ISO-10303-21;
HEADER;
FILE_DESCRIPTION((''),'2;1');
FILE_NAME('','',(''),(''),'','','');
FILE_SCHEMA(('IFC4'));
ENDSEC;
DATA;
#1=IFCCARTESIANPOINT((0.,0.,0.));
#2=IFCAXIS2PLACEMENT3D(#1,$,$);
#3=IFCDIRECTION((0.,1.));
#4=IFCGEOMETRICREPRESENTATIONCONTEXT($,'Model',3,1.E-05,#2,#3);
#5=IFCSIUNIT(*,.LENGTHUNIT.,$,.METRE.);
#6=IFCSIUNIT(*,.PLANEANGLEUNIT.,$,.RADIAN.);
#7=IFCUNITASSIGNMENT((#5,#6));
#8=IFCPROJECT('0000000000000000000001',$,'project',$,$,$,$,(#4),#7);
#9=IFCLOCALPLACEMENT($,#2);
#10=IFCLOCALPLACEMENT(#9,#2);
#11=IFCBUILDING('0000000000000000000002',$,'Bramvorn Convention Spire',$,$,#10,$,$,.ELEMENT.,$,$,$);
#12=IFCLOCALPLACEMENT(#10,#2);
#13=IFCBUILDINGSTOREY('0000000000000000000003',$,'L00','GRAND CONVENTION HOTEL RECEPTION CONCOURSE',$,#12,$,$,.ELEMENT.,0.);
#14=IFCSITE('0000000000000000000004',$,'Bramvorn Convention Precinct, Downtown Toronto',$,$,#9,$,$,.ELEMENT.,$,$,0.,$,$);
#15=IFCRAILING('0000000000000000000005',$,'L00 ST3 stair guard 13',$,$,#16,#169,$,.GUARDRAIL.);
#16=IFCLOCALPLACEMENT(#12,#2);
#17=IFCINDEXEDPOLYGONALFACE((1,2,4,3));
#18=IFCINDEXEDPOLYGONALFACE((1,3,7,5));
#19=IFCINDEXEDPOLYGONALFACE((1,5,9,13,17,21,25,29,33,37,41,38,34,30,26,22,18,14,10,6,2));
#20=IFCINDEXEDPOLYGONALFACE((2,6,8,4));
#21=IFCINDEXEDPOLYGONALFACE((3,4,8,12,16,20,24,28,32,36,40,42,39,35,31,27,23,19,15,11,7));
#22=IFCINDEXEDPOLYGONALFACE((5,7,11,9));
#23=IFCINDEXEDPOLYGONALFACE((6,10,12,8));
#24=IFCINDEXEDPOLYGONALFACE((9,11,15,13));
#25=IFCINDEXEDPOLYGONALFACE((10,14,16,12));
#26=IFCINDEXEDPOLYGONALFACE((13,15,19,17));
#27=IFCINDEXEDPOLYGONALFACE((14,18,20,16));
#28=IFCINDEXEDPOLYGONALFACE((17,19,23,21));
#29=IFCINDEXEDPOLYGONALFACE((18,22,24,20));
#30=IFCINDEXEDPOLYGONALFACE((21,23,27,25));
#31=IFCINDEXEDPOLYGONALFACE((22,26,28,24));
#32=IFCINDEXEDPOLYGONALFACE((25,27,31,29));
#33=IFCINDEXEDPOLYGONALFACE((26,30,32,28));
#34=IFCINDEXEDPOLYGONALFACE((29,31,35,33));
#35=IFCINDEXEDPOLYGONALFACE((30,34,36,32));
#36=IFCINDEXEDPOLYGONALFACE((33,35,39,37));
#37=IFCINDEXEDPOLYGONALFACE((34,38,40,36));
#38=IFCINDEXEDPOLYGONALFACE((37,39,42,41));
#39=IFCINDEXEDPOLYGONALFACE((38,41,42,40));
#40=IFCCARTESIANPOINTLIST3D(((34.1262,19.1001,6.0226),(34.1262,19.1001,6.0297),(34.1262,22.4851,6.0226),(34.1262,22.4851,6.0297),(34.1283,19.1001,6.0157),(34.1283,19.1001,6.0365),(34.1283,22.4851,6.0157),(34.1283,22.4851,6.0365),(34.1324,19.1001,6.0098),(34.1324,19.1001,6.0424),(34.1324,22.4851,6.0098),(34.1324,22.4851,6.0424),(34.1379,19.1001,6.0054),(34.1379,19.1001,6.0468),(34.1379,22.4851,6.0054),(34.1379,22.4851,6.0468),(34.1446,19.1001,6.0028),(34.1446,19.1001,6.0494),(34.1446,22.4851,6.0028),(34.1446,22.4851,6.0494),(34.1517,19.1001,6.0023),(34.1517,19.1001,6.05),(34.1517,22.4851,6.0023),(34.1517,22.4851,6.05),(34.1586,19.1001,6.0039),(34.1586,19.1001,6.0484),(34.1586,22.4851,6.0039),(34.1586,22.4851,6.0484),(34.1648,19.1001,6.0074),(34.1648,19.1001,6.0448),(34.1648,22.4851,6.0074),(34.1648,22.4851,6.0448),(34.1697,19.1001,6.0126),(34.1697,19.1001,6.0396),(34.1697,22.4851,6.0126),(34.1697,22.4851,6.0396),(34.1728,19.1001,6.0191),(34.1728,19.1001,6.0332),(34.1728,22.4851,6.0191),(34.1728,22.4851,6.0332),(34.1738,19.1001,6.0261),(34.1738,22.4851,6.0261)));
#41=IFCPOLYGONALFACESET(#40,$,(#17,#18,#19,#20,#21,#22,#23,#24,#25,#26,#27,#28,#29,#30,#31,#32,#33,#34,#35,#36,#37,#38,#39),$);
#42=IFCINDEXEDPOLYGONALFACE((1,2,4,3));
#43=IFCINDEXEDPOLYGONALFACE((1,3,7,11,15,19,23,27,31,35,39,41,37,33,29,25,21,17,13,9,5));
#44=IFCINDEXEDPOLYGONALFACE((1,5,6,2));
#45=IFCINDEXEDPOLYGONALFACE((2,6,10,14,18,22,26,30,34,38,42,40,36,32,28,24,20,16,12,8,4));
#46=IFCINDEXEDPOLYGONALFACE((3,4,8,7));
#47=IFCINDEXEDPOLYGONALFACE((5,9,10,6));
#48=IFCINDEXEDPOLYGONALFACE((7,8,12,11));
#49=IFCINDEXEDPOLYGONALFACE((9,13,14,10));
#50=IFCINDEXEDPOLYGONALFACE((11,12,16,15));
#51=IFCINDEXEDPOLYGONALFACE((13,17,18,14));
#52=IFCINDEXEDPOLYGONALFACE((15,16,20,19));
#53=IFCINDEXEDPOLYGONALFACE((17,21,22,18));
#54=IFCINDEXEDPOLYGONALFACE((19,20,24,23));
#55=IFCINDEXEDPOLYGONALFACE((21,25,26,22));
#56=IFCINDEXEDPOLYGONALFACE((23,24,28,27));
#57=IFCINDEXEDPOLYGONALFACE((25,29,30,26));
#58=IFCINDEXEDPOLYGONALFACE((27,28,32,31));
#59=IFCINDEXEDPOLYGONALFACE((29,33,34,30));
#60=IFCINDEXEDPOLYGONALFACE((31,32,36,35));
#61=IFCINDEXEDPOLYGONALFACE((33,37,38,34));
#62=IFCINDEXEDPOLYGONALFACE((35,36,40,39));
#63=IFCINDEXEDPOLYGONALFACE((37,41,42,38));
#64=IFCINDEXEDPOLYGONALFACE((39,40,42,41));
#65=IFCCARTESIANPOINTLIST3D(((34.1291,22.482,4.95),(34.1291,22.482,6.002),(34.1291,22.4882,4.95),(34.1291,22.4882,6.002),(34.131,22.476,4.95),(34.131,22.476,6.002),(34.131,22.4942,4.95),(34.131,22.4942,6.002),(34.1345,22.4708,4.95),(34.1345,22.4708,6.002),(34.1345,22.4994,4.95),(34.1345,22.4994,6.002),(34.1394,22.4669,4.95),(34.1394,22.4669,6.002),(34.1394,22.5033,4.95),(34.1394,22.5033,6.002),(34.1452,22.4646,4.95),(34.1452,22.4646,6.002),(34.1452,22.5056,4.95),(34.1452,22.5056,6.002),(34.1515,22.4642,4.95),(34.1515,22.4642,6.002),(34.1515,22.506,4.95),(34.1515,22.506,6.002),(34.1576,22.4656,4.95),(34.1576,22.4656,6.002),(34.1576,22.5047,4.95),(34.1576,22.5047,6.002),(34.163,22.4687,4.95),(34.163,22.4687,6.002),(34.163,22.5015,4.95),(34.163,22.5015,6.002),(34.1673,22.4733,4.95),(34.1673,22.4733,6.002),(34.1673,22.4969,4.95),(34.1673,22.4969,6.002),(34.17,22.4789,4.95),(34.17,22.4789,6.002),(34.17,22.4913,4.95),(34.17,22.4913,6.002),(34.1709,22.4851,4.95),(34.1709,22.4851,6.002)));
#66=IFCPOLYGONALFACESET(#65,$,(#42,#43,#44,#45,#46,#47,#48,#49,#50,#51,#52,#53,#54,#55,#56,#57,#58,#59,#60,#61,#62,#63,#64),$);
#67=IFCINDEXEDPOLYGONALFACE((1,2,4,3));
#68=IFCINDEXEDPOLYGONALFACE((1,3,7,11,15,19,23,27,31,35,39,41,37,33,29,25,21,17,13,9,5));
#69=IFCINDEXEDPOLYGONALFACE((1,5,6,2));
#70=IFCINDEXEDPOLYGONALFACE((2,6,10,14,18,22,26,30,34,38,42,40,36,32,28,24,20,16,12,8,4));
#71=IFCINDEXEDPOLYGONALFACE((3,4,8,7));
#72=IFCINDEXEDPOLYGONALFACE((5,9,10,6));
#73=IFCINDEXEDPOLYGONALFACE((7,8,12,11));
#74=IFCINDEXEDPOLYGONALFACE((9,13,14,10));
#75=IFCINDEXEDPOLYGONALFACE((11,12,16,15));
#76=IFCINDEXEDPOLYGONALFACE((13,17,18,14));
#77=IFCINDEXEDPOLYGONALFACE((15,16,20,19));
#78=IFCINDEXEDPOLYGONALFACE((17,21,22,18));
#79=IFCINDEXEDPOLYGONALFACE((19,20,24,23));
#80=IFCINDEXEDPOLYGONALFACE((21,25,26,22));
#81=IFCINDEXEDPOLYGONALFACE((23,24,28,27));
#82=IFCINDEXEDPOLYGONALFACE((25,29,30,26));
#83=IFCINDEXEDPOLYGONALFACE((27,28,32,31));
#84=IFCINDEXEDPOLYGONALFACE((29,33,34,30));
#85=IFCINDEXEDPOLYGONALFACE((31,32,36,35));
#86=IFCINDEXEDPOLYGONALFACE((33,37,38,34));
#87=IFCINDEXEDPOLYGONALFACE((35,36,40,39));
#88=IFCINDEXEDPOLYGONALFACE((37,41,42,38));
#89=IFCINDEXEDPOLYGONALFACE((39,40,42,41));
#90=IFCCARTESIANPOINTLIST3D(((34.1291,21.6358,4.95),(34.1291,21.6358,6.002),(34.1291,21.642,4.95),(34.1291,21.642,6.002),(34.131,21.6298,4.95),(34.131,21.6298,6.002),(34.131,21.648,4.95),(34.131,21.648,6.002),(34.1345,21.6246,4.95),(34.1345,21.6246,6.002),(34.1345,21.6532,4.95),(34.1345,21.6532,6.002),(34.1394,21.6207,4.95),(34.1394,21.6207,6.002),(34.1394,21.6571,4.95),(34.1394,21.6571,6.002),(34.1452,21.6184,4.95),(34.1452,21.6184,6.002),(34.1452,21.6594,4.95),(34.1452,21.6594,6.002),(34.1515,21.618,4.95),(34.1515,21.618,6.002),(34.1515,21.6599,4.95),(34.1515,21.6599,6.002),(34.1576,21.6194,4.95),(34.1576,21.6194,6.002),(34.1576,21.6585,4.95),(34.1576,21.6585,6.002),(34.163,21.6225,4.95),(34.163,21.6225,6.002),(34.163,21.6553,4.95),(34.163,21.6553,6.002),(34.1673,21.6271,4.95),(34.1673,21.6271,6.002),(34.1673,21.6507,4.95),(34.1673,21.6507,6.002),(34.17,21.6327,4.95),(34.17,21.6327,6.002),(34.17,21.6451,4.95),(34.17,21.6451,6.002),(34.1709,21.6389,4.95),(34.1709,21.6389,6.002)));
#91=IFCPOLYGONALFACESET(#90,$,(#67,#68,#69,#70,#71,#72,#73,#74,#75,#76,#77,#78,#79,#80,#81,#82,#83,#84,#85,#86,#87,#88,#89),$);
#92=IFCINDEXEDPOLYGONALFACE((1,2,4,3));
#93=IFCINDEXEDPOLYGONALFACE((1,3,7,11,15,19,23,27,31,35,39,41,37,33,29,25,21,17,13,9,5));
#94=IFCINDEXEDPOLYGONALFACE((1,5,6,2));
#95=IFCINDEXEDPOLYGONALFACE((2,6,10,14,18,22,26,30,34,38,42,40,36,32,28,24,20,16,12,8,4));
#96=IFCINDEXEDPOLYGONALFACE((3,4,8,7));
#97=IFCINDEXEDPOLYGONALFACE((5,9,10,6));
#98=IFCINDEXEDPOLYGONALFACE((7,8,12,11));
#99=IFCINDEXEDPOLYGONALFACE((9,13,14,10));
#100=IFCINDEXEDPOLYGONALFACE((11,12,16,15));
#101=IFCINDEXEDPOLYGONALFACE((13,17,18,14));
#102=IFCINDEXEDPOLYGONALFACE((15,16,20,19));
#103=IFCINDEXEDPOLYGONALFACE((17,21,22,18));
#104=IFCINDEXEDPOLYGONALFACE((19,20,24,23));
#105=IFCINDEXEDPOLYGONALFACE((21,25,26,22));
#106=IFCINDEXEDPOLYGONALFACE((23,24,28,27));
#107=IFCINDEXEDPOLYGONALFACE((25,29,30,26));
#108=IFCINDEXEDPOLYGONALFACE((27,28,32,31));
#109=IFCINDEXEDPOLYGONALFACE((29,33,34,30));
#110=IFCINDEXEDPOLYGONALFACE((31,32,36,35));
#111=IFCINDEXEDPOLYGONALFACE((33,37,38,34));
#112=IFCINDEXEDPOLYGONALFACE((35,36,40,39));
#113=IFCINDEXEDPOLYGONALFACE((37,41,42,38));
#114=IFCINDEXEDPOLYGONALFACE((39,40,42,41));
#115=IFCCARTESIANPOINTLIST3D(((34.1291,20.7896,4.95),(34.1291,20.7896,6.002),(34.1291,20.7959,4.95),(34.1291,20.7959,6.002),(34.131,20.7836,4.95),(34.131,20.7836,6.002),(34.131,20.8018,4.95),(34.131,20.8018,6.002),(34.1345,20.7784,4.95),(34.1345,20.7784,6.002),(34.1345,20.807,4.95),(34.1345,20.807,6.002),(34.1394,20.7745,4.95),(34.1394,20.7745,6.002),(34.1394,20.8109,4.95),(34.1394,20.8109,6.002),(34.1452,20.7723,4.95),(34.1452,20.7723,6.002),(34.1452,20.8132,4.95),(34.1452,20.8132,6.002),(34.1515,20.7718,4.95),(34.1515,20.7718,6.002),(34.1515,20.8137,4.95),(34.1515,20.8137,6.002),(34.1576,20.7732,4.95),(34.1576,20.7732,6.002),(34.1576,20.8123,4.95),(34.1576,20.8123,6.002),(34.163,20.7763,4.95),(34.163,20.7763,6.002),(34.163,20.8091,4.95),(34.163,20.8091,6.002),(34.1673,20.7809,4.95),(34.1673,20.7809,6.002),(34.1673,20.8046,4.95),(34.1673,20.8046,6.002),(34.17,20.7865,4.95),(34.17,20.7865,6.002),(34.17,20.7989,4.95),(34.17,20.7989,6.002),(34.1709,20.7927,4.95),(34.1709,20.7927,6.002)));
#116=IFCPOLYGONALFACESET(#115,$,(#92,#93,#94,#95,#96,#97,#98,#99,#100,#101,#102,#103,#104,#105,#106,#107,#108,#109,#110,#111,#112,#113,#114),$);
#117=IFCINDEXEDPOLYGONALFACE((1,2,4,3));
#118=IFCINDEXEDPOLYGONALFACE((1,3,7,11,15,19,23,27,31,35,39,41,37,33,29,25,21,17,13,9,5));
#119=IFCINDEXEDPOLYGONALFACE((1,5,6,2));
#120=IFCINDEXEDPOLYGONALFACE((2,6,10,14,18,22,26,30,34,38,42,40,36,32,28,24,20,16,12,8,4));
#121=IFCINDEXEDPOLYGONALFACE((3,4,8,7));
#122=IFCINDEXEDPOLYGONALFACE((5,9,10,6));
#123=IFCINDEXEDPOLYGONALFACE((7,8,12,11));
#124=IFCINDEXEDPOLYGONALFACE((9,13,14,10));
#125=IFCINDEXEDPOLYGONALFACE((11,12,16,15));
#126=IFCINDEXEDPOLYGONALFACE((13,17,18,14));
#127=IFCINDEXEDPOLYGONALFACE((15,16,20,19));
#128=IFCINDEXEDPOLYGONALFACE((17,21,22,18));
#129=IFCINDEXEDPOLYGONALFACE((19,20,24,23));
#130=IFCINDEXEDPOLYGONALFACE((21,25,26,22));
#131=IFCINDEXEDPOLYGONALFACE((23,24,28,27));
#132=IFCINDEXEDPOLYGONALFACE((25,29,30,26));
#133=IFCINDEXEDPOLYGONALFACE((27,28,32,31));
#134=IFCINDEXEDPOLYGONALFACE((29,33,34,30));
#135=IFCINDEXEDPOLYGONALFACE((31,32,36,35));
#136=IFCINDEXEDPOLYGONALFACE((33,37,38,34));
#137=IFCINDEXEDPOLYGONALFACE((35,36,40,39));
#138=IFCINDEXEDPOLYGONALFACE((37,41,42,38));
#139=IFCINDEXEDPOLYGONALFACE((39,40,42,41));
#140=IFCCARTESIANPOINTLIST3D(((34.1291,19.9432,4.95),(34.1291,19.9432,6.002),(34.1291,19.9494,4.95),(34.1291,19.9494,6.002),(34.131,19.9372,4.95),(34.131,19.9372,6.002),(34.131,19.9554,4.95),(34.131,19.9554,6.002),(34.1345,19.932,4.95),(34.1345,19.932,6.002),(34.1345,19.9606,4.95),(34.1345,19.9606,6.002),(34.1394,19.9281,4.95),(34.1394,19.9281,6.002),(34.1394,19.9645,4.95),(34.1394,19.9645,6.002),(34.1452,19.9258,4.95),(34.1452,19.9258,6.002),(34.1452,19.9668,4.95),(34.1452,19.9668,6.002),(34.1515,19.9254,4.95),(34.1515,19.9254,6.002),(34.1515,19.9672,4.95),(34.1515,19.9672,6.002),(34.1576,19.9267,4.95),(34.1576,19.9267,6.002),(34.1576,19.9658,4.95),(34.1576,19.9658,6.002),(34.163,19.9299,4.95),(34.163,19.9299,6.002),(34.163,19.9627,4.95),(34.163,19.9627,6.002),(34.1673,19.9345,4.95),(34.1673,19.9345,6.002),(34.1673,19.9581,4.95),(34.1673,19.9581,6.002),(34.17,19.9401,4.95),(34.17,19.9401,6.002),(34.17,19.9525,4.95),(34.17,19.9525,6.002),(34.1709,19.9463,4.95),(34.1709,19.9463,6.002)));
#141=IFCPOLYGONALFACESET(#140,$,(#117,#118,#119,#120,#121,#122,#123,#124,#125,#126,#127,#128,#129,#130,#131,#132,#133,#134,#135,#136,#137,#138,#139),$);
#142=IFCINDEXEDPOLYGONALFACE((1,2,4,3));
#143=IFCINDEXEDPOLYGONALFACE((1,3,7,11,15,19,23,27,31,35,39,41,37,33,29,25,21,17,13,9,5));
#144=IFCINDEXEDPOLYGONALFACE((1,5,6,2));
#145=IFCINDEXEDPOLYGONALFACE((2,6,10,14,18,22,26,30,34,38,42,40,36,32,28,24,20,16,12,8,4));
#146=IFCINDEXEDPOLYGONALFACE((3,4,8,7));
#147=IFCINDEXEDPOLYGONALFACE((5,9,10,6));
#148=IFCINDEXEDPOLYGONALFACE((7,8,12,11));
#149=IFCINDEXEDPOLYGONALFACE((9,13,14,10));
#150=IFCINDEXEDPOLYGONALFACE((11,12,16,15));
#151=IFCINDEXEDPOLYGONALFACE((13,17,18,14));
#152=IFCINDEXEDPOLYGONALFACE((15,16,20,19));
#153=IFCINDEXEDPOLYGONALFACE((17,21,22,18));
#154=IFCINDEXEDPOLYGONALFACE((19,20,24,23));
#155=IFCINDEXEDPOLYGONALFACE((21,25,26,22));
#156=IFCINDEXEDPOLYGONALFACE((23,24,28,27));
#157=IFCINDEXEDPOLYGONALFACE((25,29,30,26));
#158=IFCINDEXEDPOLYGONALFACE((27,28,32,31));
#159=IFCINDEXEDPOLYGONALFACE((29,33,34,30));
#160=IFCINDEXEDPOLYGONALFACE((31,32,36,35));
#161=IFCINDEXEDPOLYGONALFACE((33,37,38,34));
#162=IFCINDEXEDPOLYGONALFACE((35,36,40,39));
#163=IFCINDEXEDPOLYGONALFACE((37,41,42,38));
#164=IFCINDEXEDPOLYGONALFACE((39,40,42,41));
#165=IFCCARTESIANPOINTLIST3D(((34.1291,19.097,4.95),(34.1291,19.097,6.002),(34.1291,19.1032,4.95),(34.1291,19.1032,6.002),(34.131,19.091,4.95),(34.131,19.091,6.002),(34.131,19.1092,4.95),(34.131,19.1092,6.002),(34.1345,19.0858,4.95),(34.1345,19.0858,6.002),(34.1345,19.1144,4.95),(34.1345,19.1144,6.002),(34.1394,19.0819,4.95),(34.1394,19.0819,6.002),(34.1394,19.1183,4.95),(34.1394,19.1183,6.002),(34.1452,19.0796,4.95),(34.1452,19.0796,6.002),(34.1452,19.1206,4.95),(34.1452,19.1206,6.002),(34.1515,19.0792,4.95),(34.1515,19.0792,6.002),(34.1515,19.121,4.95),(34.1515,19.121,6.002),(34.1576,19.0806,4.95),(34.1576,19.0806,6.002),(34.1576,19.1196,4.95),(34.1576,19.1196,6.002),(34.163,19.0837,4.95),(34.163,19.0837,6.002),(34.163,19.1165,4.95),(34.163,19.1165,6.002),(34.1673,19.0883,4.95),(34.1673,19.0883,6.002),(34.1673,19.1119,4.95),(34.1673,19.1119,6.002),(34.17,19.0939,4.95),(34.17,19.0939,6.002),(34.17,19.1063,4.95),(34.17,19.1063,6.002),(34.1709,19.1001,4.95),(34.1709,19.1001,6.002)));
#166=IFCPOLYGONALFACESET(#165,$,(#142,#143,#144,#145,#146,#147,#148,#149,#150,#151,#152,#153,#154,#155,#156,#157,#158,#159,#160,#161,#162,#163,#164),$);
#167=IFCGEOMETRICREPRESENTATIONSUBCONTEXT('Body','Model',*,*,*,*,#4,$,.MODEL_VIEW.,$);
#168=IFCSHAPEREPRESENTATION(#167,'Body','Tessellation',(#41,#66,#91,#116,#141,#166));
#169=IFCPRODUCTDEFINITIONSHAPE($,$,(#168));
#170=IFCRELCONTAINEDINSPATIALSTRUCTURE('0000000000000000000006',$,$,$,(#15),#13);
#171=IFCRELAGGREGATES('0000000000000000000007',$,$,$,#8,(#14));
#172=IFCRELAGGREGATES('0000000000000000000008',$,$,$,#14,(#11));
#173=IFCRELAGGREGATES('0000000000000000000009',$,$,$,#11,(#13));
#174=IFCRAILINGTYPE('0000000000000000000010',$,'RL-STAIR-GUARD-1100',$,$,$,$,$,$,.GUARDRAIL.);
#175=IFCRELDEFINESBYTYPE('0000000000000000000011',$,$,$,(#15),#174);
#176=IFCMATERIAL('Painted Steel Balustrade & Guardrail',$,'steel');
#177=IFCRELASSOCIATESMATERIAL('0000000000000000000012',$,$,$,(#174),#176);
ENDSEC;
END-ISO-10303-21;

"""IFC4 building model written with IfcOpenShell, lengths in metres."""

from ifc_helpers import new_model, si_unit, direction, frame, origin, origin_2d, place, context, subcontext, project, spatial, circle, extrude, material, type_object, element, save


model = new_model("IFC4")

# Units and contexts
model_context = context("Model", 3, precision=1e-05, world=origin(), true_north=direction((0.0, 1.0)))
body_context = subcontext(model_context, "Body", "Model", "MODEL_VIEW")
ifc_project = project(units=[si_unit("LENGTHUNIT", "METRE"), si_unit("PLANEANGLEUNIT", "RADIAN")], contexts=[model_context])

# Site, building, storey
site_placement = place(None, origin())
site = spatial("IfcSite", under=ifc_project, at=site_placement, Name="Bramvorn Convention Precinct, Downtown Toronto", CompositionType="ELEMENT", RefElevation=0.0)
building_placement = place(site_placement, origin())
building = spatial("IfcBuilding", under=site, at=building_placement, Name="Bramvorn Convention Spire", CompositionType="ELEMENT")
storey_placement = place(building_placement, origin())
storey = spatial("IfcBuildingStorey", under=building, at=storey_placement, Name="L00", Description="GRAND CONVENTION HOTEL RECEPTION CONCOURSE", CompositionType="ELEMENT", Elevation=0.0)

# Railing
ifc_material_1 = material(Name="Painted Steel Balustrade & Guardrail", Category="steel")
railing_type_1 = type_object("IfcRailingType", Name="RL-STAIR-GUARD-1100", PredefinedType="GUARDRAIL", material=ifc_material_1)
for number, where, name in (
    (1, (34.1499, 22.4851, 4.95), "L00 ST3 stair guard 13"),
):
    element("IfcRailing", number, at=place(storey_placement, frame(where)), inside=storey, type_object=railing_type_1, Name=name, PredefinedType="GUARDRAIL", context=body_context, shape_type="SweptSolid", body=[
        extrude(circle(Radius=0.0239, at=origin_2d()), frame((0.0, 0.0, 1.0762), z_axis=(0.0, -1.0, 0.0), x_axis=(1.0, 0.0, 0.0)), (0.0, 0.0, 1.0), 3.385),
        extrude(circle(Radius=0.021, at=origin_2d()), origin(), (0.0, 0.0, 1.0), 1.052),
        extrude(circle(Radius=0.021, at=origin_2d()), frame((0.0, -0.8462, 0.0)), (0.0, 0.0, 1.0), 1.052),
        extrude(circle(Radius=0.021, at=origin_2d()), frame((0.0, -1.6924, 0.0)), (0.0, 0.0, 1.0), 1.052),
        extrude(circle(Radius=0.021, at=origin_2d()), frame((0.0, -2.5388, 0.0)), (0.0, 0.0, 1.0), 1.052),
        extrude(circle(Radius=0.021, at=origin_2d()), frame((0.0, -3.385, 0.0)), (0.0, 0.0, 1.0), 1.052),
    ])

save(model, "model.ifc")
